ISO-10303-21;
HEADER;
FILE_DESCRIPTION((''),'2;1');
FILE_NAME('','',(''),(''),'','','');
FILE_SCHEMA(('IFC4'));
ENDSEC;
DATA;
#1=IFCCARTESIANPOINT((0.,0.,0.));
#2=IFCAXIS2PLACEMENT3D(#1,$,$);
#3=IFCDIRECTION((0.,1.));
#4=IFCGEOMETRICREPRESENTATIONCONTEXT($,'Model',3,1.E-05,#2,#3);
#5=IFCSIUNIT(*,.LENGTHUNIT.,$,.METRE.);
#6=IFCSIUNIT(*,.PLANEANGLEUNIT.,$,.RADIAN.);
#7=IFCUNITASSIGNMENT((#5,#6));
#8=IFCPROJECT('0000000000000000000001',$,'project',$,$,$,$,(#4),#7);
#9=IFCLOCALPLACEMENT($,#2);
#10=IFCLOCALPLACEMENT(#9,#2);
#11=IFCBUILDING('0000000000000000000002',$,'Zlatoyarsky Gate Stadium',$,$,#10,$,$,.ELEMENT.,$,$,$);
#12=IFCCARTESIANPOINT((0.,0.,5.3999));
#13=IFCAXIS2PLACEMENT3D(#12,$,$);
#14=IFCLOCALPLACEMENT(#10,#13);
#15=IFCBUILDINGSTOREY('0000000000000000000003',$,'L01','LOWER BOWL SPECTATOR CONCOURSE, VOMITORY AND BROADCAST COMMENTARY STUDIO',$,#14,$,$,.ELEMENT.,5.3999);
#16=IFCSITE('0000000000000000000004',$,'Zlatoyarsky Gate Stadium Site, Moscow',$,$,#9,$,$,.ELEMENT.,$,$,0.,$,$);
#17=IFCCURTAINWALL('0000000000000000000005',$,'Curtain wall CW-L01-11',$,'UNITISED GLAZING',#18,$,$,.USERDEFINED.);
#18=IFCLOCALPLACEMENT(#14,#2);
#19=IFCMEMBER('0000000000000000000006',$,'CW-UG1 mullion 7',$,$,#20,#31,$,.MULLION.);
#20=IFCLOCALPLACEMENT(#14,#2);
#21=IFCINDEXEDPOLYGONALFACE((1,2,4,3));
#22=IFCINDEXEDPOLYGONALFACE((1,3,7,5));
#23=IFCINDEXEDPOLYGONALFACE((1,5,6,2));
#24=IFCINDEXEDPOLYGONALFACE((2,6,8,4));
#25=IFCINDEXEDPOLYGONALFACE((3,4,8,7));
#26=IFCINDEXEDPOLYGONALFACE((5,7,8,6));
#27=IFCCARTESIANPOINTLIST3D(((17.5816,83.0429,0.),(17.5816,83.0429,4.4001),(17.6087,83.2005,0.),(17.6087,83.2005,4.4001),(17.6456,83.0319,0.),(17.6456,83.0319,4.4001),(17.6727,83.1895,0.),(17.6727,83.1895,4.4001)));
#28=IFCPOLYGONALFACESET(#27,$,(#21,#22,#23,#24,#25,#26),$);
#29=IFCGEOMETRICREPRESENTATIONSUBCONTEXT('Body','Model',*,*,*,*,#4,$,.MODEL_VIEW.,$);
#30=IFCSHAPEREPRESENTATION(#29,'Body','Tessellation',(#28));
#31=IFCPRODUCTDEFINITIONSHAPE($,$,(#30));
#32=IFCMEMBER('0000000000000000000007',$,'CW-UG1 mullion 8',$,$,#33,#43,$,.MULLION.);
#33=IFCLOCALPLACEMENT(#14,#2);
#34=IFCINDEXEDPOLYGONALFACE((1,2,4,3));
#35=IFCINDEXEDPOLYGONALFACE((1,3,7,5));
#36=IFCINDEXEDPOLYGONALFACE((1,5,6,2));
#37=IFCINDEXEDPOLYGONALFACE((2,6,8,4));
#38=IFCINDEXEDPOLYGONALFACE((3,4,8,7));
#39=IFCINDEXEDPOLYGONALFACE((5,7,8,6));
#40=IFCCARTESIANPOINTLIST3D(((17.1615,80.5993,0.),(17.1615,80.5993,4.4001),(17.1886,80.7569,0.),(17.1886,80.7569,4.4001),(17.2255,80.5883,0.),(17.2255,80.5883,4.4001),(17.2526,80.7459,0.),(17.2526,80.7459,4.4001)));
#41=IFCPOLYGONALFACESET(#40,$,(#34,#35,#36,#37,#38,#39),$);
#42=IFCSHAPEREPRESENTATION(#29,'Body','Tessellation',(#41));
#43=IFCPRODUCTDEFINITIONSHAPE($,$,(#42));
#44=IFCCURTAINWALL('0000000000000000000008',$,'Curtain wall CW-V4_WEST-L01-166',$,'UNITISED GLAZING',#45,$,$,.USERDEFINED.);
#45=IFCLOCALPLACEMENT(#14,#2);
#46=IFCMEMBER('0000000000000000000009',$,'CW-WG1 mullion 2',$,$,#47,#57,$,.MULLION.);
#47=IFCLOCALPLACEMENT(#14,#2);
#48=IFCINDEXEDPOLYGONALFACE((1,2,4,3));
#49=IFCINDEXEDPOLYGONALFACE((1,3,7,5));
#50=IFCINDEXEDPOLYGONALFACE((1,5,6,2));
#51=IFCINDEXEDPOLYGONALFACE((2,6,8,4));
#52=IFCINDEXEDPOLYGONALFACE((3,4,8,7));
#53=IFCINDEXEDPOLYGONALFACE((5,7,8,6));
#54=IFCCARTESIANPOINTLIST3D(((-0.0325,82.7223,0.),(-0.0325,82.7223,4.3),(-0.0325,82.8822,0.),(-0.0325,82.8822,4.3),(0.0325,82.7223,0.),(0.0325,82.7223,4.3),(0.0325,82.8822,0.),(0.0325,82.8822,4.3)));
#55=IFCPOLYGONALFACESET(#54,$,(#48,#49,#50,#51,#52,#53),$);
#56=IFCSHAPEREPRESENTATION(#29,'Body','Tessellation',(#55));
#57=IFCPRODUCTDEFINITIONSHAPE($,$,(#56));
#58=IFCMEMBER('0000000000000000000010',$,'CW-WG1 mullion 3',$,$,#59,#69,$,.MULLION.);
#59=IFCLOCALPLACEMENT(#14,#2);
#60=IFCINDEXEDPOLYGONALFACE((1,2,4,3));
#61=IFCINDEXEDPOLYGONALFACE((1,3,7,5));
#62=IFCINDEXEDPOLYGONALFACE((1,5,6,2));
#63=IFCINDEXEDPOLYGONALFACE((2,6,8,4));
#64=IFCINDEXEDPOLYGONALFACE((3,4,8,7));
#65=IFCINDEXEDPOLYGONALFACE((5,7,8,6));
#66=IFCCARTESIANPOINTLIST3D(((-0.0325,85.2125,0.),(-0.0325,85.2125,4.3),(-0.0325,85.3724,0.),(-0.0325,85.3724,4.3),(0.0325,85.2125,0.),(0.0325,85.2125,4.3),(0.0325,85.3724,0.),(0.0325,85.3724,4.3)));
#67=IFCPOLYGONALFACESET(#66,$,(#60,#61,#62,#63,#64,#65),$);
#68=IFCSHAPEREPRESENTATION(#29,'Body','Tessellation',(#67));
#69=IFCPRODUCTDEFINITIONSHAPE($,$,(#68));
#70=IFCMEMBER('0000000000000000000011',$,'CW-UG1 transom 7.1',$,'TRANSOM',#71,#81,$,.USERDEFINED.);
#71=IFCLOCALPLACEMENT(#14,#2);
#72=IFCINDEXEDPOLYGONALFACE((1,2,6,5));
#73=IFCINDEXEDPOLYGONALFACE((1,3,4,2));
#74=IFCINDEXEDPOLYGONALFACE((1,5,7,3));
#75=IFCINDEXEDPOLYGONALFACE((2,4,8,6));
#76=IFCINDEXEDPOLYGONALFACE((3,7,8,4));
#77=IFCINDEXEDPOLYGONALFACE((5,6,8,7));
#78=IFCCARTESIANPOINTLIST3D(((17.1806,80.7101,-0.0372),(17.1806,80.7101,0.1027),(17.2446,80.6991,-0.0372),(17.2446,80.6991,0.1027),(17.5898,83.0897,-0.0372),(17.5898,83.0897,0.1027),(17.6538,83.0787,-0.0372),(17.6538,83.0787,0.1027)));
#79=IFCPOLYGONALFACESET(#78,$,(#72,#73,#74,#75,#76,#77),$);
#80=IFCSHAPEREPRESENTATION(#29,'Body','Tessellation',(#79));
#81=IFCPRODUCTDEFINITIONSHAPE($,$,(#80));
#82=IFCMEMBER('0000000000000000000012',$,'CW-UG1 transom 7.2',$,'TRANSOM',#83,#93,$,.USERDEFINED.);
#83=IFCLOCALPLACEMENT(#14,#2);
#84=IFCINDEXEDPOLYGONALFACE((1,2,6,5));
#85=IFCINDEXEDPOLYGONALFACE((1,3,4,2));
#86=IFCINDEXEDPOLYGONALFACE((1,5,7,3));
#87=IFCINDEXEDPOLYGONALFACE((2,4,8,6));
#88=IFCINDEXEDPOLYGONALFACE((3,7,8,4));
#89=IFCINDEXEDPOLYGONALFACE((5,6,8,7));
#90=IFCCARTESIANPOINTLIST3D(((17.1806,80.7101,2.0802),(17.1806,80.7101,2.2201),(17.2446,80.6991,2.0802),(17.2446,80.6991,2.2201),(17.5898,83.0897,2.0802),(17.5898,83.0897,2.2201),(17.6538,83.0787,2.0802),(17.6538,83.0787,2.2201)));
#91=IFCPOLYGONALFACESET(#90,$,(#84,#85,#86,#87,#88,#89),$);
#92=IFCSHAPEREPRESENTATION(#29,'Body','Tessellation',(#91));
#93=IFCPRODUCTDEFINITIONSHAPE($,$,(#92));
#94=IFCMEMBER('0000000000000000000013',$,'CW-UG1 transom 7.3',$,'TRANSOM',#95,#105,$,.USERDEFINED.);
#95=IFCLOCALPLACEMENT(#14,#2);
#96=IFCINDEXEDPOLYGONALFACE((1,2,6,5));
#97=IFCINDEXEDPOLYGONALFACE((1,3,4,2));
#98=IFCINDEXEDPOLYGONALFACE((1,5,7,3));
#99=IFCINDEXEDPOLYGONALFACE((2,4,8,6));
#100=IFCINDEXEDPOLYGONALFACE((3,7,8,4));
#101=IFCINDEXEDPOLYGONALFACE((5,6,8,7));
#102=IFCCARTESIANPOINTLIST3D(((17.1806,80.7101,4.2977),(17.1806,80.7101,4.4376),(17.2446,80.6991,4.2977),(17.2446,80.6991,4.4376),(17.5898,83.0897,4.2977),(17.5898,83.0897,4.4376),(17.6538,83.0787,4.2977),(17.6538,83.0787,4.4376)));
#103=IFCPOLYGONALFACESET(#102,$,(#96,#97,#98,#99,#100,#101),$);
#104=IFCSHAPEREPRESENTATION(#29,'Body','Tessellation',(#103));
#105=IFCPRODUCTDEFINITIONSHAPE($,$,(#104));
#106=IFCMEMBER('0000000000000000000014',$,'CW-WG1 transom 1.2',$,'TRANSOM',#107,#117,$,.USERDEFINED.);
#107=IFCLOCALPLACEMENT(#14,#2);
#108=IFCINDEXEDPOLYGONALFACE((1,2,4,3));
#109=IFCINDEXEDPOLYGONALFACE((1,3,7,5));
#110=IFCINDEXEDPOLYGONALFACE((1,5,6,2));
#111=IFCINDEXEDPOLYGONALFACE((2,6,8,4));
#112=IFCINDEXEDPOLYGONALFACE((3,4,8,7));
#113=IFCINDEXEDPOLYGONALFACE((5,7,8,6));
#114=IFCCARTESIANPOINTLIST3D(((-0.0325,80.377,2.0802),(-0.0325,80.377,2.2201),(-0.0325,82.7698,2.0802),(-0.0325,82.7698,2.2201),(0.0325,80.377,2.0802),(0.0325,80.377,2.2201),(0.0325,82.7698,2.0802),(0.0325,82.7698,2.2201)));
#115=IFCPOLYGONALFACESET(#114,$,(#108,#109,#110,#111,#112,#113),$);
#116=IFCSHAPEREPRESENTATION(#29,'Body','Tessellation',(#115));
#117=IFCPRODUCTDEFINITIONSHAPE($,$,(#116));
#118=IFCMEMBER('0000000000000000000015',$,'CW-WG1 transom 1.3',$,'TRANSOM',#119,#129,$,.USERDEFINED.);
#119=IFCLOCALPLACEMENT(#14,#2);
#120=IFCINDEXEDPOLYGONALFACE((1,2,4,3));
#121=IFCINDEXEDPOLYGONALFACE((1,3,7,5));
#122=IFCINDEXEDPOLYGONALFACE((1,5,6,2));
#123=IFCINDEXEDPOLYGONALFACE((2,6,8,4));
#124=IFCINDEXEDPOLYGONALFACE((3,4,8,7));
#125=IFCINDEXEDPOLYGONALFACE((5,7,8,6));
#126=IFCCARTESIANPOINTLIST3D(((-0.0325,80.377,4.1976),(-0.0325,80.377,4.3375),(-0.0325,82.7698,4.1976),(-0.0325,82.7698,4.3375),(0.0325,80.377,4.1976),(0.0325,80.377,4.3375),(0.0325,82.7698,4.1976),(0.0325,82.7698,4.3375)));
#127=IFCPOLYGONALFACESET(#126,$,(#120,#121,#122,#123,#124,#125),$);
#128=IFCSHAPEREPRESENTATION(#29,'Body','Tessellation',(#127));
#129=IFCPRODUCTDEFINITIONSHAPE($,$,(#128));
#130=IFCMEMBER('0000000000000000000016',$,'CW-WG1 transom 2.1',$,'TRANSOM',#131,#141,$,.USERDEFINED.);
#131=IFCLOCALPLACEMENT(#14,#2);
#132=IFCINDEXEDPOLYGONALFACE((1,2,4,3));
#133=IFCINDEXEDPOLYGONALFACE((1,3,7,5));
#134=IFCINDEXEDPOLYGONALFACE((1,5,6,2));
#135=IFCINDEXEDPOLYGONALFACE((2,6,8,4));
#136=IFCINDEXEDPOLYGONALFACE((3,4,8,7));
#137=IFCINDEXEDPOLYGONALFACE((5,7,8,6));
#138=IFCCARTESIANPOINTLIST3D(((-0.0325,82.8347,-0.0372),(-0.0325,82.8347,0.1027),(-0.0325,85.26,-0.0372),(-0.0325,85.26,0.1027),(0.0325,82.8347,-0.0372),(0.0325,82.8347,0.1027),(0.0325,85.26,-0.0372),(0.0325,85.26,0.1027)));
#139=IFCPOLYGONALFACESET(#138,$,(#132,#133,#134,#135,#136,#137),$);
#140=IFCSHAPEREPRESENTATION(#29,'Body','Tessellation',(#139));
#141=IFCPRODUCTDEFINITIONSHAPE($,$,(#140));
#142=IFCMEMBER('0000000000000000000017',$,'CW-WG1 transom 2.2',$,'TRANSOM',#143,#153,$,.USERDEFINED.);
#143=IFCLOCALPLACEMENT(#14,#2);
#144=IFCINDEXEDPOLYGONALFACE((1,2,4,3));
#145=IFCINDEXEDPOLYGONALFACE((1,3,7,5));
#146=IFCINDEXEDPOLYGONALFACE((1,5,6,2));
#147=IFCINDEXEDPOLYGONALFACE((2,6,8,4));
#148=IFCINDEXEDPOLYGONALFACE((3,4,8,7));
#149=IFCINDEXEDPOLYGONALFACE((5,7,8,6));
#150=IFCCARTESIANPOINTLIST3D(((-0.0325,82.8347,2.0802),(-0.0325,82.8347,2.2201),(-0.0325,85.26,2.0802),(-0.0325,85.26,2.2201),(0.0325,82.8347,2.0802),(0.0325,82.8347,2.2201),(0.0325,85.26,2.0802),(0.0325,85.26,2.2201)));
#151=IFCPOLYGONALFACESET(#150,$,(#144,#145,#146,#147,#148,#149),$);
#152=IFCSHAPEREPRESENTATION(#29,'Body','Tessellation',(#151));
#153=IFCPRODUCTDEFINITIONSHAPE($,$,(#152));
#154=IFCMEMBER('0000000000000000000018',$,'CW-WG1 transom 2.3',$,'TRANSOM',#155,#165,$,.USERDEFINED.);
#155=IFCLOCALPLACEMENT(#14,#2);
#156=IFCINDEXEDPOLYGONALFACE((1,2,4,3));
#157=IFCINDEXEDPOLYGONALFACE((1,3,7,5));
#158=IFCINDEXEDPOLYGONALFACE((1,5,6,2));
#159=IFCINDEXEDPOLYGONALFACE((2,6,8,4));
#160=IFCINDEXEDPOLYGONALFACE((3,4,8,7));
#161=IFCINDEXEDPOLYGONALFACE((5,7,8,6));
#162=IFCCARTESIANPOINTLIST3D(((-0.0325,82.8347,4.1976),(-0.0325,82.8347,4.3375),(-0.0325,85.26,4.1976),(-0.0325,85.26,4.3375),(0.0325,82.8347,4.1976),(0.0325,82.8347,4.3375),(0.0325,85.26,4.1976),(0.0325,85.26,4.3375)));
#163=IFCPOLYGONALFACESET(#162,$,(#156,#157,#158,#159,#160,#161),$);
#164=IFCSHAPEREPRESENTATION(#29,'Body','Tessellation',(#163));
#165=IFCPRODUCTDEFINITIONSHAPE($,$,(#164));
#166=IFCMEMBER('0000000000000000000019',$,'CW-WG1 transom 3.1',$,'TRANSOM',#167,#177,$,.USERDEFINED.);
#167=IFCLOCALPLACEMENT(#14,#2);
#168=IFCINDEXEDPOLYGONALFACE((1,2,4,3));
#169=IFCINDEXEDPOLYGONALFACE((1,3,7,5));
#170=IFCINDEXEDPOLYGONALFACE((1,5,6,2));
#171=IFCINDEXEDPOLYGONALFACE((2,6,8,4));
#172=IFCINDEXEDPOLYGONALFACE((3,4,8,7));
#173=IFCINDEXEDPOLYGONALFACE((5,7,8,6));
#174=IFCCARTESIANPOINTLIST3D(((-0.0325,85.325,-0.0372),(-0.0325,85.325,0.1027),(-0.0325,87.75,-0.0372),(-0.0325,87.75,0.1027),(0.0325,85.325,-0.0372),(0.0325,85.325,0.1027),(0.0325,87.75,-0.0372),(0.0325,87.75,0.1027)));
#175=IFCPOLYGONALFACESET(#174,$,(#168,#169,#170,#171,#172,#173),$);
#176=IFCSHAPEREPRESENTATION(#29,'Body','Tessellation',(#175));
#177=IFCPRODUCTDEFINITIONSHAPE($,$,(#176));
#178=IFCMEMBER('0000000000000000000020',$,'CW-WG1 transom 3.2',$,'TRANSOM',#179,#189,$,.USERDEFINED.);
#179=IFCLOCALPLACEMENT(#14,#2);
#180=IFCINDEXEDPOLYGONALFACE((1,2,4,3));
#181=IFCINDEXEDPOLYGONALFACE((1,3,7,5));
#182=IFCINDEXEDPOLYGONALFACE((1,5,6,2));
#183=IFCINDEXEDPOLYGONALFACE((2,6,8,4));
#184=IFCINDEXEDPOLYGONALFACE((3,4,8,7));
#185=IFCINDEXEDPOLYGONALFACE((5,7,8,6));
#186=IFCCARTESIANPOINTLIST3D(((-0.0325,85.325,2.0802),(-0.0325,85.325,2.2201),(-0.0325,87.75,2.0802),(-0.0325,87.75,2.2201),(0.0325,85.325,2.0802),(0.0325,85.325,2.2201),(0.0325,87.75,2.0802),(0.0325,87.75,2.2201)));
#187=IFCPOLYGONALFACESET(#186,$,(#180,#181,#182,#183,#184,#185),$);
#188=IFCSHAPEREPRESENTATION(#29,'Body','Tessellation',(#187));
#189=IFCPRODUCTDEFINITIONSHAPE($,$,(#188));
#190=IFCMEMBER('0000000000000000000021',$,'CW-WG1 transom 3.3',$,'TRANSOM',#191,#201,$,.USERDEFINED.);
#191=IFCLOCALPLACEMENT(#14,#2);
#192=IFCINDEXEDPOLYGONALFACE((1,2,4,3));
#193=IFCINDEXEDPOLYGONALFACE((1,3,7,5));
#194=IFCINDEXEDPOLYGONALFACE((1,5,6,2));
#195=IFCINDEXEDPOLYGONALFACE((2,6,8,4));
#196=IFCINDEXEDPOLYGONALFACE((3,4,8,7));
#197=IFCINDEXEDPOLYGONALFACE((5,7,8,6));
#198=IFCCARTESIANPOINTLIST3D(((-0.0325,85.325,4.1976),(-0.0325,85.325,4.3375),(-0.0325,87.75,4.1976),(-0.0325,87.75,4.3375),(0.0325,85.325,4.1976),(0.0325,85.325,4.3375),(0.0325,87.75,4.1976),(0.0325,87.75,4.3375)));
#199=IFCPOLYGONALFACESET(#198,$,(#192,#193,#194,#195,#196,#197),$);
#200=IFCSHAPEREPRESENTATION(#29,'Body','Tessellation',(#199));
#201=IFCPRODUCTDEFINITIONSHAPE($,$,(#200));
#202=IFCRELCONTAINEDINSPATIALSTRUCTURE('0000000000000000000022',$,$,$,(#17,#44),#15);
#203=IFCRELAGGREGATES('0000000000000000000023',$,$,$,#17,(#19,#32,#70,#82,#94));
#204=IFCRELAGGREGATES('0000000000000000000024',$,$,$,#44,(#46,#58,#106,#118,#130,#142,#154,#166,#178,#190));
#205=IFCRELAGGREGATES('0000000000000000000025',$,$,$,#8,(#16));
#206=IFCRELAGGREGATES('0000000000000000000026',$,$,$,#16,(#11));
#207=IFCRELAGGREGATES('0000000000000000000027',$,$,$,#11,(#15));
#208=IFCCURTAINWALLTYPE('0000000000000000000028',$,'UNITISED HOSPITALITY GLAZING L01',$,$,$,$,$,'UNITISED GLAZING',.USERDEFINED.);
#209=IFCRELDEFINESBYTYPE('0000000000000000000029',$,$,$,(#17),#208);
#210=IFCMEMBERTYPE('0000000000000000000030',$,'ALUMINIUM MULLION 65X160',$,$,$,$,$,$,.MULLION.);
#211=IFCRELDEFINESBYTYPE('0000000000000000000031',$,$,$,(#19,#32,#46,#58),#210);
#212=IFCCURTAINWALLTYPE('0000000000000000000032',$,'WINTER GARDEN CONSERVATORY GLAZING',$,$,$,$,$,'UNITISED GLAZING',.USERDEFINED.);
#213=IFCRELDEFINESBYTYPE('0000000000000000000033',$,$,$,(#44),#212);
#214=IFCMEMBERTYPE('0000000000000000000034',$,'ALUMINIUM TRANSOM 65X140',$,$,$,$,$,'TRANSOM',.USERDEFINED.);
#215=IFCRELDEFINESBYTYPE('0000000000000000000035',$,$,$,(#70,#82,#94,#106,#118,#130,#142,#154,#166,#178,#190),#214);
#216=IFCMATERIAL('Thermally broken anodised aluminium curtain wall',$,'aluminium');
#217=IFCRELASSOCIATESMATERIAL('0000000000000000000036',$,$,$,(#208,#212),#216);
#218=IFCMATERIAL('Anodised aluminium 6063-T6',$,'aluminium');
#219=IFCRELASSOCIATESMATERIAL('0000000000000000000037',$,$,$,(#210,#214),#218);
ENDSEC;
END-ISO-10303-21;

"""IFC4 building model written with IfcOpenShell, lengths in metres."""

from ifc_helpers import new_model, si_unit, direction, frame, origin, origin_2d, place, context, subcontext, project, spatial, rectangle, extrude, material, material_profile, profile_set, type_object, element, aggregate, save


model = new_model("IFC4")

# Units and contexts
model_context = context("Model", 3, precision=1e-05, world=origin(), true_north=direction((0.0, 1.0)))
body_context = subcontext(model_context, "Body", "Model", "MODEL_VIEW")
ifc_project = project(units=[si_unit("LENGTHUNIT", "METRE"), si_unit("PLANEANGLEUNIT", "RADIAN")], contexts=[model_context])

# Site, building, storey
site_placement = place(None, origin())
site = spatial("IfcSite", under=ifc_project, at=site_placement, Name="Zlatoyarsky Gate Stadium Site, Moscow", CompositionType="ELEMENT", RefElevation=0.0)
building_placement = place(site_placement, origin())
building = spatial("IfcBuilding", under=site, at=building_placement, Name="Zlatoyarsky Gate Stadium", CompositionType="ELEMENT")
storey_placement = place(building_placement, frame((0.0, 0.0, 5.3999)))
storey = spatial("IfcBuildingStorey", under=building, at=storey_placement, Name="L01", Description="LOWER BOWL SPECTATOR CONCOURSE, VOMITORY AND BROADCAST COMMENTARY STUDIO", CompositionType="ELEMENT", Elevation=5.3999)

# Curtain walls, members
ifc_material_1 = material(Name="Thermally broken anodised aluminium curtain wall", Category="aluminium")
curtain_wall_type_1 = type_object("IfcCurtainWallType", Name="UNITISED HOSPITALITY GLAZING L01", ElementType="UNITISED GLAZING", PredefinedType="USERDEFINED", material=ifc_material_1)
curtain_wall_1_placement = place(storey_placement, origin())
curtain_wall_1 = element("IfcCurtainWall", 1, at=curtain_wall_1_placement, inside=storey, type_object=curtain_wall_type_1, Name="Curtain wall CW-L01-11", ObjectType="UNITISED GLAZING", PredefinedType="USERDEFINED")
ifc_material_2 = material(Name="Anodised aluminium 6063-T6", Category="aluminium")
ifc_material_profile_1 = material_profile(ifc_material_2, rectangle(XDim=0.0649, YDim=0.1599, at=origin_2d()), Name="ALU 65X160")
ifc_profile_set_1 = profile_set([ifc_material_profile_1], Name="Anodised aluminium 6063-T6")
member_type_1 = type_object("IfcMemberType", Name="ALUMINIUM MULLION 65X160", PredefinedType="MULLION", material=ifc_profile_set_1)
member_1_placement = place(storey_placement, frame((17.6272, 83.1162, 0.0), z_axis=(0.0, 0.0, 1.0), x_axis=(0.985539, -0.169451, 0.0)))
member_1 = element("IfcMember", 2, at=member_1_placement, type_object=member_type_1, Name="CW-UG1 mullion 7", PredefinedType="MULLION", context=body_context, shape_type="SweptSolid", body=[
    extrude(rectangle(XDim=0.0649, YDim=0.1599, at=origin_2d()), origin(), (0.0, 0.0, 1.0), 4.4001),
])
member_2_placement = place(storey_placement, frame((17.207, 80.6726, 0.0), z_axis=(0.0, 0.0, 1.0), x_axis=(0.985539, -0.169451, 0.0)))
member_2 = element("IfcMember", 3, at=member_2_placement, type_object=member_type_1, Name="CW-UG1 mullion 8", PredefinedType="MULLION", context=body_context, shape_type="SweptSolid", body=[
    extrude(rectangle(XDim=0.0649, YDim=0.1599, at=origin_2d()), origin(), (0.0, 0.0, 1.0), 4.4001),
])
curtain_wall_type_2 = type_object("IfcCurtainWallType", Name="WINTER GARDEN CONSERVATORY GLAZING", ElementType="UNITISED GLAZING", PredefinedType="USERDEFINED", material=ifc_material_1)
curtain_wall_2_placement = place(storey_placement, origin())
curtain_wall_2 = element("IfcCurtainWall", 4, at=curtain_wall_2_placement, inside=storey, type_object=curtain_wall_type_2, Name="Curtain wall CW-V4_WEST-L01-166", ObjectType="UNITISED GLAZING", PredefinedType="USERDEFINED")
member_3_placement = place(storey_placement, frame((0.0, 82.8022, 0.0), z_axis=(0.0, 0.0, 1.0), x_axis=(-1.0, 0.0, 0.0)))
member_3 = element("IfcMember", 5, at=member_3_placement, type_object=member_type_1, Name="CW-WG1 mullion 2", PredefinedType="MULLION", context=body_context, shape_type="SweptSolid", body=[
    extrude(rectangle(XDim=0.0649, YDim=0.1599, at=origin_2d()), origin(), (0.0, 0.0, 1.0), 4.3),
])
member_4_placement = place(storey_placement, frame((0.0, 85.2925, 0.0), z_axis=(0.0, 0.0, 1.0), x_axis=(-1.0, 0.0, 0.0)))
member_4 = element("IfcMember", 6, at=member_4_placement, type_object=member_type_1, Name="CW-WG1 mullion 3", PredefinedType="MULLION", context=body_context, shape_type="SweptSolid", body=[
    extrude(rectangle(XDim=0.0649, YDim=0.1599, at=origin_2d()), origin(), (0.0, 0.0, 1.0), 4.3),
])

# Members
ifc_material_profile_2 = material_profile(ifc_material_2, rectangle(XDim=0.0649, YDim=0.1399, at=origin_2d()), Name="ALU 65X140")
ifc_profile_set_2 = profile_set([ifc_material_profile_2], Name="Anodised aluminium 6063-T6")
member_type_2 = type_object("IfcMemberType", Name="ALUMINIUM TRANSOM 65X140", ElementType="TRANSOM", PredefinedType="USERDEFINED", material=ifc_profile_set_2)
member_5_placement = place(storey_placement, frame((17.6218, 83.0842, 0.0327), z_axis=(-0.169463, -0.985536, 0.0), x_axis=(0.985536, -0.169463, 0.0)))
member_5 = element("IfcMember", 7, at=member_5_placement, type_object=member_type_2, Name="CW-UG1 transom 7.1", ObjectType="TRANSOM", PredefinedType="USERDEFINED", context=body_context, shape_type="SweptSolid", body=[
    extrude(rectangle(XDim=0.0649, YDim=0.1399, at=origin_2d()), origin(), (0.0, 0.0, 1.0), 2.4146),
])
member_6_placement = place(storey_placement, frame((17.6218, 83.0842, 2.1501), z_axis=(-0.169463, -0.985536, 0.0), x_axis=(0.985536, -0.169463, 0.0)))
member_6 = element("IfcMember", 8, at=member_6_placement, type_object=member_type_2, Name="CW-UG1 transom 7.2", ObjectType="TRANSOM", PredefinedType="USERDEFINED", context=body_context, shape_type="SweptSolid", body=[
    extrude(rectangle(XDim=0.0649, YDim=0.1399, at=origin_2d()), origin(), (0.0, 0.0, 1.0), 2.4146),
])
member_7_placement = place(storey_placement, frame((17.6218, 83.0842, 4.3677), z_axis=(-0.169463, -0.985536, 0.0), x_axis=(0.985536, -0.169463, 0.0)))
member_7 = element("IfcMember", 9, at=member_7_placement, type_object=member_type_2, Name="CW-UG1 transom 7.3", ObjectType="TRANSOM", PredefinedType="USERDEFINED", context=body_context, shape_type="SweptSolid", body=[
    extrude(rectangle(XDim=0.0649, YDim=0.1399, at=origin_2d()), origin(), (0.0, 0.0, 1.0), 2.4146),
])
member_8_placement = place(storey_placement, frame((0.0, 80.377, 2.1501), z_axis=(0.0, 1.0, 0.0), x_axis=(-1.0, 0.0, 0.0)))
member_8 = element("IfcMember", 10, at=member_8_placement, type_object=member_type_2, Name="CW-WG1 transom 1.2", ObjectType="TRANSOM", PredefinedType="USERDEFINED", context=body_context, shape_type="SweptSolid", body=[
    extrude(rectangle(XDim=0.0649, YDim=0.1399, at=origin_2d()), origin(), (0.0, 0.0, 1.0), 2.3928),
])
member_9_placement = place(storey_placement, frame((0.0, 80.377, 4.2676), z_axis=(0.0, 1.0, 0.0), x_axis=(-1.0, 0.0, 0.0)))
member_9 = element("IfcMember", 11, at=member_9_placement, type_object=member_type_2, Name="CW-WG1 transom 1.3", ObjectType="TRANSOM", PredefinedType="USERDEFINED", context=body_context, shape_type="SweptSolid", body=[
    extrude(rectangle(XDim=0.0649, YDim=0.1399, at=origin_2d()), origin(), (0.0, 0.0, 1.0), 2.3928),
])
member_10_placement = place(storey_placement, frame((0.0, 82.8347, 0.0327), z_axis=(0.0, 1.0, 0.0), x_axis=(-1.0, 0.0, 0.0)))
member_10 = element("IfcMember", 12, at=member_10_placement, type_object=member_type_2, Name="CW-WG1 transom 2.1", ObjectType="TRANSOM", PredefinedType="USERDEFINED", context=body_context, shape_type="SweptSolid", body=[
    extrude(rectangle(XDim=0.0649, YDim=0.1399, at=origin_2d()), origin(), (0.0, 0.0, 1.0), 2.4253),
])
member_11_placement = place(storey_placement, frame((0.0, 82.8347, 2.1501), z_axis=(0.0, 1.0, 0.0), x_axis=(-1.0, 0.0, 0.0)))
member_11 = element("IfcMember", 13, at=member_11_placement, type_object=member_type_2, Name="CW-WG1 transom 2.2", ObjectType="TRANSOM", PredefinedType="USERDEFINED", context=body_context, shape_type="SweptSolid", body=[
    extrude(rectangle(XDim=0.0649, YDim=0.1399, at=origin_2d()), origin(), (0.0, 0.0, 1.0), 2.4253),
])
member_12_placement = place(storey_placement, frame((0.0, 82.8347, 4.2676), z_axis=(0.0, 1.0, 0.0), x_axis=(-1.0, 0.0, 0.0)))
member_12 = element("IfcMember", 14, at=member_12_placement, type_object=member_type_2, Name="CW-WG1 transom 2.3", ObjectType="TRANSOM", PredefinedType="USERDEFINED", context=body_context, shape_type="SweptSolid", body=[
    extrude(rectangle(XDim=0.0649, YDim=0.1399, at=origin_2d()), origin(), (0.0, 0.0, 1.0), 2.4253),
])
member_13_placement = place(storey_placement, frame((0.0, 85.325, 0.0327), z_axis=(0.0, 1.0, 0.0), x_axis=(-1.0, 0.0, 0.0)))
member_13 = element("IfcMember", 15, at=member_13_placement, type_object=member_type_2, Name="CW-WG1 transom 3.1", ObjectType="TRANSOM", PredefinedType="USERDEFINED", context=body_context, shape_type="SweptSolid", body=[
    extrude(rectangle(XDim=0.0649, YDim=0.1399, at=origin_2d()), origin(), (0.0, 0.0, 1.0), 2.425),
])
member_14_placement = place(storey_placement, frame((0.0, 85.325, 2.1501), z_axis=(0.0, 1.0, 0.0), x_axis=(-1.0, 0.0, 0.0)))
member_14 = element("IfcMember", 16, at=member_14_placement, type_object=member_type_2, Name="CW-WG1 transom 3.2", ObjectType="TRANSOM", PredefinedType="USERDEFINED", context=body_context, shape_type="SweptSolid", body=[
    extrude(rectangle(XDim=0.0649, YDim=0.1399, at=origin_2d()), origin(), (0.0, 0.0, 1.0), 2.425),
])
member_15_placement = place(storey_placement, frame((0.0, 85.325, 4.2676), z_axis=(0.0, 1.0, 0.0), x_axis=(-1.0, 0.0, 0.0)))
member_15 = element("IfcMember", 17, at=member_15_placement, type_object=member_type_2, Name="CW-WG1 transom 3.3", ObjectType="TRANSOM", PredefinedType="USERDEFINED", context=body_context, shape_type="SweptSolid", body=[
    extrude(rectangle(XDim=0.0649, YDim=0.1399, at=origin_2d()), origin(), (0.0, 0.0, 1.0), 2.425),
])

aggregate(curtain_wall_1, [member_1, member_2, member_5, member_6, member_7])
aggregate(curtain_wall_2, [member_3, member_4, member_8, member_9, member_10, member_11, member_12, member_13, member_14, member_15])

save(model, "model.ifc")
